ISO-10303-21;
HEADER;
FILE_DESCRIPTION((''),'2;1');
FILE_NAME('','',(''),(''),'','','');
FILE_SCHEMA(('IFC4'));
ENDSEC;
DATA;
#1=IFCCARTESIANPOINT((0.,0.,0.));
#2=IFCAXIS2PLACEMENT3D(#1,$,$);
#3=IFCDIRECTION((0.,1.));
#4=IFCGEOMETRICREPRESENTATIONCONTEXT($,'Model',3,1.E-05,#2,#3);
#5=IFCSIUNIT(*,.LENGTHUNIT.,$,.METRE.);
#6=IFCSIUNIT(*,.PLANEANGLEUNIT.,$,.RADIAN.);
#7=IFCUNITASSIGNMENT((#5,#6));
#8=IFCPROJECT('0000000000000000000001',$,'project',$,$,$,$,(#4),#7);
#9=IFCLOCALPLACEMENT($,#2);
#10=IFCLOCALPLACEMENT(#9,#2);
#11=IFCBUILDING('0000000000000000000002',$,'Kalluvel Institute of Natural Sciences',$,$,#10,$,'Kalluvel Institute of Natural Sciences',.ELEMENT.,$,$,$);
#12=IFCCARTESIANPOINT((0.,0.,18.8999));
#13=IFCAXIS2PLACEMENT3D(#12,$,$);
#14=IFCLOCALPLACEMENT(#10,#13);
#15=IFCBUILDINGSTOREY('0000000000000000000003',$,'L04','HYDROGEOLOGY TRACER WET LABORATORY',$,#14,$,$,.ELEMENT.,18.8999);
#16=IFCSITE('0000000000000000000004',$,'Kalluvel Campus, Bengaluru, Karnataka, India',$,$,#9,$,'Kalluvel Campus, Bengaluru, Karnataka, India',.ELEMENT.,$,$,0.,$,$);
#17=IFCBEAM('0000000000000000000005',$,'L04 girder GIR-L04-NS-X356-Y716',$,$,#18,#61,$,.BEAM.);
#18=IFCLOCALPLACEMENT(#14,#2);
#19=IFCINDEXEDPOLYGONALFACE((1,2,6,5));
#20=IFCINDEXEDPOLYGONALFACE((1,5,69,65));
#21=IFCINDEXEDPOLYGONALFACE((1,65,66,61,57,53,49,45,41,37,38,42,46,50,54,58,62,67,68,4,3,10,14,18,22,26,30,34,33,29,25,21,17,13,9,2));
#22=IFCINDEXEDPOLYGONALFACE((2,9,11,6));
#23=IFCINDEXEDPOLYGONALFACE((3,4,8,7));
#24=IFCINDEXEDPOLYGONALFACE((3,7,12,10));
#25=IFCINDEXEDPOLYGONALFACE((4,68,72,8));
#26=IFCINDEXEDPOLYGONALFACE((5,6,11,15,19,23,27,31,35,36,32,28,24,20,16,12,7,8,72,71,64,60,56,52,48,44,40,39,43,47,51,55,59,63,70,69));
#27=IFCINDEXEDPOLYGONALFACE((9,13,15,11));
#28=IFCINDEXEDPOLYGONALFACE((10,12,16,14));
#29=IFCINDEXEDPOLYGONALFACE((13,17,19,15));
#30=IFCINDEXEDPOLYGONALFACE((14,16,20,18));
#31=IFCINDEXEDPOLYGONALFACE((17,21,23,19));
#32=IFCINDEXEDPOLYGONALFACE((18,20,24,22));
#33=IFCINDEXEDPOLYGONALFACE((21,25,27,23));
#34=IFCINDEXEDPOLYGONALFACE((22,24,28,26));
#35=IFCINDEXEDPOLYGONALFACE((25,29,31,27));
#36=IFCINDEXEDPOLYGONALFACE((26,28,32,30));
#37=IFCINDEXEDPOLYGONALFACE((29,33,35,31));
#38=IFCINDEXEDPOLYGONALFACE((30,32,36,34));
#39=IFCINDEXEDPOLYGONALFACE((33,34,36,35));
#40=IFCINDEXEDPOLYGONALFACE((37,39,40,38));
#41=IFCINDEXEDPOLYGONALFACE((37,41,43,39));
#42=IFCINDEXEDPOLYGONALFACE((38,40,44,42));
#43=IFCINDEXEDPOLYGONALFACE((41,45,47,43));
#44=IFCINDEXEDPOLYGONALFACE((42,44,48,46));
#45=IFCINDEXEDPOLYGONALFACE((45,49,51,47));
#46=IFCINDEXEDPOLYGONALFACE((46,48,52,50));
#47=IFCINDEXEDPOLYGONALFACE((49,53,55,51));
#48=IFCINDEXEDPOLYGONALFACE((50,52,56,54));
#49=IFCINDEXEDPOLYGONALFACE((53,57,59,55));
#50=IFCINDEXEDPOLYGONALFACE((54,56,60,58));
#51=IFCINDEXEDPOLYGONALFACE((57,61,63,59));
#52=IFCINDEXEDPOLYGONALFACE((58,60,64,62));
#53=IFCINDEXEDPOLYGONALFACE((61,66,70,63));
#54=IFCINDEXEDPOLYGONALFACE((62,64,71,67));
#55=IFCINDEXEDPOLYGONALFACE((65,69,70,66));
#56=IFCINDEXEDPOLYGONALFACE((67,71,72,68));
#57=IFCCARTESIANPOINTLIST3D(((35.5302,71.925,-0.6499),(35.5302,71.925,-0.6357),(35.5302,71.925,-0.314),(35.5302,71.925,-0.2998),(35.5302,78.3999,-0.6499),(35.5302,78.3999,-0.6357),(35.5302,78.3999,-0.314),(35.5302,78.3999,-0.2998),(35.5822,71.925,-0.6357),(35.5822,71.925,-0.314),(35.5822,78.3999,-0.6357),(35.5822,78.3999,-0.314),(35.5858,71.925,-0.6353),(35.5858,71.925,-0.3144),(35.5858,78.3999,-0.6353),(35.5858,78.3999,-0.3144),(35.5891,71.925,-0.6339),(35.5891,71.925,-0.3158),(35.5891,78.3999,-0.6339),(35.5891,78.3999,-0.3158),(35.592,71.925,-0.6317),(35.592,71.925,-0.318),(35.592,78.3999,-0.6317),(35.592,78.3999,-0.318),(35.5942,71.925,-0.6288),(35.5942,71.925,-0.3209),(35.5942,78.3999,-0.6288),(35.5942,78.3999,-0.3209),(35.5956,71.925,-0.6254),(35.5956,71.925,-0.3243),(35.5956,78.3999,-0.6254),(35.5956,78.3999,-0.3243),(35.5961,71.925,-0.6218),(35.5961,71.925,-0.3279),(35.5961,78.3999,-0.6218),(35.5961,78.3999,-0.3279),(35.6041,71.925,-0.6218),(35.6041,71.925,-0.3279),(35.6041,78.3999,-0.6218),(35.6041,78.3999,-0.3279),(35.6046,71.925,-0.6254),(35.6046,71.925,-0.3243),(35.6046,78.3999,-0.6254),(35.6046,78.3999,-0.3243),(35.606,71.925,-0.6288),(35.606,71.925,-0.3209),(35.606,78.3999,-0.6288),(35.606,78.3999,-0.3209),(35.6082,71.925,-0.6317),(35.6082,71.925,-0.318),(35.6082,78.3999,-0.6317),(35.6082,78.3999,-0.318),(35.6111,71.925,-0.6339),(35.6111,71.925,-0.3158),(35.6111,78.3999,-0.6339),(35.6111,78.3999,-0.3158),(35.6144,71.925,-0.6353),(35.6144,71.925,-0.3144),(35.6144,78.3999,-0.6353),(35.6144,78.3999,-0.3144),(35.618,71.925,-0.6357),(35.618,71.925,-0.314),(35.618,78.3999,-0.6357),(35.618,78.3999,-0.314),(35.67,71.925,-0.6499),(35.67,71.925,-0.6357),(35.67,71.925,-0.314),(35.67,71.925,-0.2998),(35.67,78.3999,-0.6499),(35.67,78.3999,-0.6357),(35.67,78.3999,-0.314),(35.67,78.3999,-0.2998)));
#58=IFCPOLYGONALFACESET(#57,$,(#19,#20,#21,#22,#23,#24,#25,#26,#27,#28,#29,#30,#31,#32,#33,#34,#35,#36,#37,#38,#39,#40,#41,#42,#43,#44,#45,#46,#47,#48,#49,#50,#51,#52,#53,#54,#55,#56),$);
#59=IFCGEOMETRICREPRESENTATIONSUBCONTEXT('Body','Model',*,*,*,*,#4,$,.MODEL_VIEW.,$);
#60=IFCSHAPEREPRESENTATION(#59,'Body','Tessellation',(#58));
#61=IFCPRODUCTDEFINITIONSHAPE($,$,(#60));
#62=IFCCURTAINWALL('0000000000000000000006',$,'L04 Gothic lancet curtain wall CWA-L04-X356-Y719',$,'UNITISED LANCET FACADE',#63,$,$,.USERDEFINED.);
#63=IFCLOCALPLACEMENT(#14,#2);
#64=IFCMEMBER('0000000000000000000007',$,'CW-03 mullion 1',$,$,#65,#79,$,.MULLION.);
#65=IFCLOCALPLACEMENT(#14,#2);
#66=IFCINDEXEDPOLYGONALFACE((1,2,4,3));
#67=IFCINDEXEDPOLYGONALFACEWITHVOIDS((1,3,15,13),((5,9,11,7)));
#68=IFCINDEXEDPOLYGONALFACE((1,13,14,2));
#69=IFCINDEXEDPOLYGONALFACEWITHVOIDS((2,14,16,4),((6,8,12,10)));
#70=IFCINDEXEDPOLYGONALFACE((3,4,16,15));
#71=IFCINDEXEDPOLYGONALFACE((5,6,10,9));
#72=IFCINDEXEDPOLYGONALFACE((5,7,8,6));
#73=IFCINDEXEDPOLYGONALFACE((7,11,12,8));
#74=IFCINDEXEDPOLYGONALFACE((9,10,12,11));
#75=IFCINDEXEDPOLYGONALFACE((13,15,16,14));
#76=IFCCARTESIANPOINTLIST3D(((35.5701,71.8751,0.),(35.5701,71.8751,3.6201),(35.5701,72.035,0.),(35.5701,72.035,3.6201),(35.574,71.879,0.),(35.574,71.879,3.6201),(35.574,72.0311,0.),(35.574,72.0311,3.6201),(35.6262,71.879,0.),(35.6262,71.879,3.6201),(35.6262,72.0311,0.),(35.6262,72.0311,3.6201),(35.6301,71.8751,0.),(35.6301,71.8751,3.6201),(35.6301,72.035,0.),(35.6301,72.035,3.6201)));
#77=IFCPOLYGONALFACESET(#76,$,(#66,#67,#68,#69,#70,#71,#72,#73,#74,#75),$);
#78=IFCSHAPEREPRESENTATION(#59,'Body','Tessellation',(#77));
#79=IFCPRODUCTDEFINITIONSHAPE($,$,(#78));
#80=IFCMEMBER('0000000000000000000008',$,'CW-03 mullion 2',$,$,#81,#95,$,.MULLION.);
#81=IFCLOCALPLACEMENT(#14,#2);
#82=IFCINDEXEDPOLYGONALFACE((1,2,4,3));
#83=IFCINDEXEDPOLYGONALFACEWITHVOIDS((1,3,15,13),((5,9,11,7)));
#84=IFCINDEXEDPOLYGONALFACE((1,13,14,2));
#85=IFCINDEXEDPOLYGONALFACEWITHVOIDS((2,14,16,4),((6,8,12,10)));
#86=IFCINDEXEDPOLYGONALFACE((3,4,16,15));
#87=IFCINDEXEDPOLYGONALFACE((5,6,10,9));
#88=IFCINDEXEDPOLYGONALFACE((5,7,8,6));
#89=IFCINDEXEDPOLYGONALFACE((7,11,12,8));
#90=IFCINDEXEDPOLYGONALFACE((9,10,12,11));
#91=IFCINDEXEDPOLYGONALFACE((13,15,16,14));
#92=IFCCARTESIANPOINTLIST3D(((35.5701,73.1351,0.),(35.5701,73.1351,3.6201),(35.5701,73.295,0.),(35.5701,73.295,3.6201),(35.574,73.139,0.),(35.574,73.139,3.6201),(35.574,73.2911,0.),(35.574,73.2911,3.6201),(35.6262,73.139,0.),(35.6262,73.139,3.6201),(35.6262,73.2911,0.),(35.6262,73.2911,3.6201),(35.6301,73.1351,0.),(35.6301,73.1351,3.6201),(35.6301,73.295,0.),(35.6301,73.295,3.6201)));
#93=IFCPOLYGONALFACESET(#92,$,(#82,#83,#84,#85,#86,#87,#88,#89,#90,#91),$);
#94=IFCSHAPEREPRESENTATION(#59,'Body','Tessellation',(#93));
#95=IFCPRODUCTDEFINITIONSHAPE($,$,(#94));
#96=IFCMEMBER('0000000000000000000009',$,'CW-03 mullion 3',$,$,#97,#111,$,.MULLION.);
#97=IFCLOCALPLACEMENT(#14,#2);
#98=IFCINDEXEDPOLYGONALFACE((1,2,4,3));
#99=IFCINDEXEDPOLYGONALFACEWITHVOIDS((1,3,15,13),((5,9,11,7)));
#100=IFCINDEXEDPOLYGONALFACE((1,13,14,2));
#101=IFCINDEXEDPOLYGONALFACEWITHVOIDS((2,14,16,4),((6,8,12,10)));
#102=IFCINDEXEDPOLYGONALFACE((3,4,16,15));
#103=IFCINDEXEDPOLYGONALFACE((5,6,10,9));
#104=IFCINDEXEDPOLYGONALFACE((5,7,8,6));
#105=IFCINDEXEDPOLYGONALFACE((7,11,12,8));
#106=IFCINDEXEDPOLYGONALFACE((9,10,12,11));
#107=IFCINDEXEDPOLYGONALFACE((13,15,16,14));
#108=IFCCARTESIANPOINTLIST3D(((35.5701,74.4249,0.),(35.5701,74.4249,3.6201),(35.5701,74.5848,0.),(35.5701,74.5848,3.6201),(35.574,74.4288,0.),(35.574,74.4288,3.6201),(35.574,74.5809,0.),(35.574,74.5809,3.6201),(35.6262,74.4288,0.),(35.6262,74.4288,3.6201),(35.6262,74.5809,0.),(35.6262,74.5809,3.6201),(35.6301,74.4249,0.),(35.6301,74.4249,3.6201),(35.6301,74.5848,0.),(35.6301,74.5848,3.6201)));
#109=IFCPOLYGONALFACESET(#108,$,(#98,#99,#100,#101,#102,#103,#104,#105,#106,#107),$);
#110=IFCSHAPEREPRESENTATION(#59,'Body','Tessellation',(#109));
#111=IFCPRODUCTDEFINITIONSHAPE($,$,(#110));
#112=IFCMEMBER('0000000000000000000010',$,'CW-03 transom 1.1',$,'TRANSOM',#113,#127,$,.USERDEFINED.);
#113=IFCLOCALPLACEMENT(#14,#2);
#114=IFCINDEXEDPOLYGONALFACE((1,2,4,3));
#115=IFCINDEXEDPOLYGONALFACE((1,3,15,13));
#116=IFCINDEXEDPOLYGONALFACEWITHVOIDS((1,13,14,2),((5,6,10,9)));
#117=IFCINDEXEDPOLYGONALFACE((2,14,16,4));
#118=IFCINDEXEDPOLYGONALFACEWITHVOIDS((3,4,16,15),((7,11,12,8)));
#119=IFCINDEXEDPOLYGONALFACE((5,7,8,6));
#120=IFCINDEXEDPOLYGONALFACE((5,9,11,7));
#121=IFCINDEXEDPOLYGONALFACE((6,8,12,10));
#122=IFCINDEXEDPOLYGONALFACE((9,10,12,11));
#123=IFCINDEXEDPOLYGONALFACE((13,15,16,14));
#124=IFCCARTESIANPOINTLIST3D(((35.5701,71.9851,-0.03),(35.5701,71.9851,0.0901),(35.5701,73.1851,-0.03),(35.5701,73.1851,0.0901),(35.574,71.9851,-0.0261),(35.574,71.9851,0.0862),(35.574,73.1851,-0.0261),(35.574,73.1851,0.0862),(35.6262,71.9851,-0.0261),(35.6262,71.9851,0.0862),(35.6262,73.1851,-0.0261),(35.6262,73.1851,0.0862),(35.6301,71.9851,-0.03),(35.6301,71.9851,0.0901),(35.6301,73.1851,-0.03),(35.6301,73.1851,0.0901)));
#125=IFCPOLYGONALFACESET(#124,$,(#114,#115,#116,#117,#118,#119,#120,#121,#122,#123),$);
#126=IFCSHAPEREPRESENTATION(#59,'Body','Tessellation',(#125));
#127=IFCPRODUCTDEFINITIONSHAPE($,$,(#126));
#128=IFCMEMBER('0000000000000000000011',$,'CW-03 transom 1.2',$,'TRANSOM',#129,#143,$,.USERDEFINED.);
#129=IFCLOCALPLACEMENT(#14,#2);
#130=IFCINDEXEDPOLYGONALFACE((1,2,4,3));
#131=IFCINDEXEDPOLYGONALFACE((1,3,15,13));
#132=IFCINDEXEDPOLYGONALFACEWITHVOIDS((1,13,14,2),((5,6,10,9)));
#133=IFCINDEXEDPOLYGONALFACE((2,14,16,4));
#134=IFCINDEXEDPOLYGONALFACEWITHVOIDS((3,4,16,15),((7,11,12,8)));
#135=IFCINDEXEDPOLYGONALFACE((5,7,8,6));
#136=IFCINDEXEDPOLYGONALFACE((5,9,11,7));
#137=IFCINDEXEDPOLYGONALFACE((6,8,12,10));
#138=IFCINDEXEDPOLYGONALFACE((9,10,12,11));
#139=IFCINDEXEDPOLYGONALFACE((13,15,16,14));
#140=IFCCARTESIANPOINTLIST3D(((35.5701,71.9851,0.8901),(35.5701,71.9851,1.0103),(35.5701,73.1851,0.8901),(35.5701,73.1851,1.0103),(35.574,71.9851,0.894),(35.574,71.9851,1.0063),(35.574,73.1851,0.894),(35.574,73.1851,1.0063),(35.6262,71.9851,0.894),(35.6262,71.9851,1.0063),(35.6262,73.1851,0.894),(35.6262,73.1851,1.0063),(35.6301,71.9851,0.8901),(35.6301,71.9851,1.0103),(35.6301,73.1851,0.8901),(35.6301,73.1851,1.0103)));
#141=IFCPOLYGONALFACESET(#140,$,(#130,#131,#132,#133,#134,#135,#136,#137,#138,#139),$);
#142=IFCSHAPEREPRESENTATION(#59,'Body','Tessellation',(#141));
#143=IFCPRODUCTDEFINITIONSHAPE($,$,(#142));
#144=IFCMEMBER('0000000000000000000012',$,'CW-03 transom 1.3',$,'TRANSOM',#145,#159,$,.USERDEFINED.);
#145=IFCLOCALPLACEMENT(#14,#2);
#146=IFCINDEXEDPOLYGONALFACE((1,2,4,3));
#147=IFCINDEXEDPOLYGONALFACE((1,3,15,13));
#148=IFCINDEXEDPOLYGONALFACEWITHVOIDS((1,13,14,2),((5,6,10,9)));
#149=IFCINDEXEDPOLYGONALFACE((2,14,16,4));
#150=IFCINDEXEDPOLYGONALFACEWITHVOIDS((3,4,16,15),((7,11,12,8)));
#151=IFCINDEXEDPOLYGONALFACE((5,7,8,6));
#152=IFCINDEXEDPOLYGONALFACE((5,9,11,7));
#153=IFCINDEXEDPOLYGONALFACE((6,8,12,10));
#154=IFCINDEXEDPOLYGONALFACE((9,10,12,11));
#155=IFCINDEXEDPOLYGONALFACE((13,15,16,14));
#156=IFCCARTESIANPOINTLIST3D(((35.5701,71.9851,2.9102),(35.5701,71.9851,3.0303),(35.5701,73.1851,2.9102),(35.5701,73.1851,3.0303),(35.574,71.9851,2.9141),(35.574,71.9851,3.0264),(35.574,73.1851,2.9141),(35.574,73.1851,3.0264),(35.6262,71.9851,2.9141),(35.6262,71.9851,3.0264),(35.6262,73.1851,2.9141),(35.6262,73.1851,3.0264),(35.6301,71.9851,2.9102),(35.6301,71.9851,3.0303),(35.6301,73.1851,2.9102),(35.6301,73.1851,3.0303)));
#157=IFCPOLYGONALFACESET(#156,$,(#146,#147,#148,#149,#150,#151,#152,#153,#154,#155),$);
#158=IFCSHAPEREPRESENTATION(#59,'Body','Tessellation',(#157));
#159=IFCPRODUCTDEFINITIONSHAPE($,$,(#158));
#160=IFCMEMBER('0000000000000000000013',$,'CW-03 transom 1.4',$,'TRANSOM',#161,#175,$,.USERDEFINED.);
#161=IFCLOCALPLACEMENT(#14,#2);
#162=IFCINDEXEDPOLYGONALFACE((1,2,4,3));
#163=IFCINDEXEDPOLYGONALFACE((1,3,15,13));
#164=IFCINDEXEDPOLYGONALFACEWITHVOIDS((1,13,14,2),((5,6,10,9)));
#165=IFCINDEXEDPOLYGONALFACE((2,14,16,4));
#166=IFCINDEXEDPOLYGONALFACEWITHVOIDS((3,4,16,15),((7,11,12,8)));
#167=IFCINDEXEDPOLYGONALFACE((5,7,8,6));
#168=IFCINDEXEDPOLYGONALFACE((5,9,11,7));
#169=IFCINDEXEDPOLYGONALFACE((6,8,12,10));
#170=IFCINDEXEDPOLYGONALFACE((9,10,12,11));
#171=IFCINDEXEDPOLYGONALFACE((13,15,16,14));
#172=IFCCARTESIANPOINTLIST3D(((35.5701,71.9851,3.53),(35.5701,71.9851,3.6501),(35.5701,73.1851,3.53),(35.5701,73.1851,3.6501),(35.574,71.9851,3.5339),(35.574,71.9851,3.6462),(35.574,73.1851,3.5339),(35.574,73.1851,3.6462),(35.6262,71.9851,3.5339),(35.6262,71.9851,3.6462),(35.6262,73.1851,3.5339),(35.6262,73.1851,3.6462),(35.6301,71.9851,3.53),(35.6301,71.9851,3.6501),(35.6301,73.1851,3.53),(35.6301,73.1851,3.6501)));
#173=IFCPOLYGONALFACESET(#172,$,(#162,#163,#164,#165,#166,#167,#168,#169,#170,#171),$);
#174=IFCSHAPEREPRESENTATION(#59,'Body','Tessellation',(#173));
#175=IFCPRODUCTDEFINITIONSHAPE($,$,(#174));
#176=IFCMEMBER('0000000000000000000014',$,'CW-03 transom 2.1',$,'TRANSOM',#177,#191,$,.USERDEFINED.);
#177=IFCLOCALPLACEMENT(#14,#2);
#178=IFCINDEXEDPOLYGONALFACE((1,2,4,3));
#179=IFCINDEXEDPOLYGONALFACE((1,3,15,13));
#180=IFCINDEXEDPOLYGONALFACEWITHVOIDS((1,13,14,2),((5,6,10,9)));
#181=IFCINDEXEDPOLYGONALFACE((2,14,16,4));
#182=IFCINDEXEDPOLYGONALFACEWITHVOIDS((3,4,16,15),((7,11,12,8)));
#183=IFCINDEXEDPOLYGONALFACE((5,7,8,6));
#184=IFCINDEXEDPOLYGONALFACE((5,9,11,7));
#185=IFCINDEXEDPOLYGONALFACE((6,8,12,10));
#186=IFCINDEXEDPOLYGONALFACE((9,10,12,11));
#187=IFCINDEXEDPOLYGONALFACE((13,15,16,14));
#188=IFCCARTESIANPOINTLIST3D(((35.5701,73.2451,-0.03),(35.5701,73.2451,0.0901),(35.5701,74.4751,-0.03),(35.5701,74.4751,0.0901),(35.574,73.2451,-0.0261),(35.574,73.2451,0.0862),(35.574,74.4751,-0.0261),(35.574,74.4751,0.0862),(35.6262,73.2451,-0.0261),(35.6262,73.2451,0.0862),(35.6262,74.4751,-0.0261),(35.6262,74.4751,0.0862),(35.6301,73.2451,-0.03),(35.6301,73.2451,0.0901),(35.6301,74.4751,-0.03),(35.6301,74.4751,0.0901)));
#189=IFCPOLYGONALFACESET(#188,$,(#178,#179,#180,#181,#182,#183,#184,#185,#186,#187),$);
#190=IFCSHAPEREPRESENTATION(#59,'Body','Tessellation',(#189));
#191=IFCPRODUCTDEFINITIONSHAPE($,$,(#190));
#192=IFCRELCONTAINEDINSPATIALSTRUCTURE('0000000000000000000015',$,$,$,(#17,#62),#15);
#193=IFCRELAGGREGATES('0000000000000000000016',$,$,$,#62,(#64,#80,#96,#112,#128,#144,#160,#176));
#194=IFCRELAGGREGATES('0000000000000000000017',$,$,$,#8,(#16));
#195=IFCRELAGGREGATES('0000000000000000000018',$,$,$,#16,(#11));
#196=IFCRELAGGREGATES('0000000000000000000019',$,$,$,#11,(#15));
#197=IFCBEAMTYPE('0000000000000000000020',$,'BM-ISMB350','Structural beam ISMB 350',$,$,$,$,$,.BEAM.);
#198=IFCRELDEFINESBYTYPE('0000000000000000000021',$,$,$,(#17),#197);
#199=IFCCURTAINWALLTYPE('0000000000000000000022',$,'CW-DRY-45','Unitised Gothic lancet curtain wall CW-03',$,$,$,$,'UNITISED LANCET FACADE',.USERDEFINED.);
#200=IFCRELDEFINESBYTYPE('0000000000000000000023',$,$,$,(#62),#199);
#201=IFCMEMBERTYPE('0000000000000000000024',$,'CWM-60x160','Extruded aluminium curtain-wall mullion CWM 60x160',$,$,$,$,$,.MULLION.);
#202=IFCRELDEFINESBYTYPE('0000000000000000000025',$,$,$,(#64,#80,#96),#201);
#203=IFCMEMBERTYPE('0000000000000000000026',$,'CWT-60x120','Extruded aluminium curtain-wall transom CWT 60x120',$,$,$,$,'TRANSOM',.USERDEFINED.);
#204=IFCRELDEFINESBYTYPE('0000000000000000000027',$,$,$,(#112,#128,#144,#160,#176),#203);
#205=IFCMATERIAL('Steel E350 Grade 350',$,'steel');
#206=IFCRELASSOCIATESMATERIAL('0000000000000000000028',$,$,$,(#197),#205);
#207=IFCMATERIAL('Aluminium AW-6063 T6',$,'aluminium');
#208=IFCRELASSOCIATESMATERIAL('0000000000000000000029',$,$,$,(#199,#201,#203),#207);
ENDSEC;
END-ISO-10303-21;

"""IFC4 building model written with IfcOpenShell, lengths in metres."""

from ifc_helpers import new_model, si_unit, direction, frame, origin, origin_2d, place, context, subcontext, project, spatial, hollow_rectangle, i_section, extrude, material, material_profile, profile_set, type_object, element, aggregate, save


model = new_model("IFC4")

# Units and contexts
model_context = context("Model", 3, precision=1e-05, world=origin(), true_north=direction((0.0, 1.0)))
body_context = subcontext(model_context, "Body", "Model", "MODEL_VIEW")
ifc_project = project(units=[si_unit("LENGTHUNIT", "METRE"), si_unit("PLANEANGLEUNIT", "RADIAN")], contexts=[model_context])

# Site, building, storey
site_placement = place(None, origin())
site = spatial("IfcSite", under=ifc_project, at=site_placement, Name="Kalluvel Campus, Bengaluru, Karnataka, India", LongName="Kalluvel Campus, Bengaluru, Karnataka, India", CompositionType="ELEMENT", RefElevation=0.0)
building_placement = place(site_placement, origin())
building = spatial("IfcBuilding", under=site, at=building_placement, Name="Kalluvel Institute of Natural Sciences", LongName="Kalluvel Institute of Natural Sciences", CompositionType="ELEMENT")
storey_placement = place(building_placement, frame((0.0, 0.0, 18.8999)))
storey = spatial("IfcBuildingStorey", under=building, at=storey_placement, Name="L04", Description="HYDROGEOLOGY TRACER WET LABORATORY", CompositionType="ELEMENT", Elevation=18.8999)

# Beam
ifc_material_1 = material(Name="Steel E350 Grade 350", Category="steel")
ifc_material_profile_1 = material_profile(ifc_material_1, i_section(OverallWidth=0.1399, OverallDepth=0.3501, WebThickness=0.0081, FlangeThickness=0.0142, FilletRadius=0.0139, at=origin_2d()), Name="ISMB 350")
ifc_profile_set_1 = profile_set([ifc_material_profile_1], Name="Steel E350 Grade 350")
beam_type = type_object("IfcBeamType", Name="BM-ISMB350", Description="Structural beam ISMB 350", PredefinedType="BEAM", material=ifc_profile_set_1)
beam_placement = place(storey_placement, frame((35.6001, 71.925, -0.4749), z_axis=(0.0, 1.0, 0.0), x_axis=(-1.0, 0.0, 0.0)))
element("IfcBeam", 1, at=beam_placement, inside=storey, type_object=beam_type, Name="L04 girder GIR-L04-NS-X356-Y716", PredefinedType="BEAM", context=body_context, shape_type="SweptSolid", body=[
    extrude(i_section(OverallWidth=0.1399, OverallDepth=0.3501, WebThickness=0.0081, FlangeThickness=0.0142, FilletRadius=0.0139, at=origin_2d()), origin(), (0.0, 0.0, 1.0), 6.4749),
])

# Curtain wall, members
ifc_material_2 = material(Name="Aluminium AW-6063 T6", Category="aluminium")
curtain_wall_type = type_object("IfcCurtainWallType", Name="CW-DRY-45", Description="Unitised Gothic lancet curtain wall CW-03", ElementType="UNITISED LANCET FACADE", PredefinedType="USERDEFINED", material=ifc_material_2)
curtain_wall_placement = place(storey_placement, origin())
curtain_wall = element("IfcCurtainWall", 2, at=curtain_wall_placement, inside=storey, type_object=curtain_wall_type, Name="L04 Gothic lancet curtain wall CWA-L04-X356-Y719", ObjectType="UNITISED LANCET FACADE", PredefinedType="USERDEFINED")
ifc_material_profile_2 = material_profile(ifc_material_2, hollow_rectangle(XDim=0.0601, YDim=0.1599, WallThickness=0.0039, at=origin_2d()), Name="CWM 60x160")
ifc_profile_set_2 = profile_set([ifc_material_profile_2], Name="Aluminium AW-6063 T6")
member_type_1 = type_object("IfcMemberType", Name="CWM-60x160", Description="Extruded aluminium curtain-wall mullion CWM 60x160", PredefinedType="MULLION", material=ifc_profile_set_2)
member_1_placement = place(storey_placement, frame((35.6001, 71.9551, 0.0), z_axis=(0.0, 0.0, 1.0), x_axis=(-1.0, 0.0, 0.0)))
member_1 = element("IfcMember", 3, at=member_1_placement, type_object=member_type_1, Name="CW-03 mullion 1", PredefinedType="MULLION", context=body_context, shape_type="SweptSolid", body=[
    extrude(hollow_rectangle(XDim=0.0601, YDim=0.1599, WallThickness=0.0039, at=origin_2d()), origin(), (0.0, 0.0, 1.0), 3.6201),
])
member_2_placement = place(storey_placement, frame((35.6001, 73.2151, 0.0), z_axis=(0.0, 0.0, 1.0), x_axis=(-1.0, 0.0, 0.0)))
member_2 = element("IfcMember", 4, at=member_2_placement, type_object=member_type_1, Name="CW-03 mullion 2", PredefinedType="MULLION", context=body_context, shape_type="SweptSolid", body=[
    extrude(hollow_rectangle(XDim=0.0601, YDim=0.1599, WallThickness=0.0039, at=origin_2d()), origin(), (0.0, 0.0, 1.0), 3.6201),
])
member_3_placement = place(storey_placement, frame((35.6001, 74.5049, 0.0), z_axis=(0.0, 0.0, 1.0), x_axis=(-1.0, 0.0, 0.0)))
member_3 = element("IfcMember", 5, at=member_3_placement, type_object=member_type_1, Name="CW-03 mullion 3", PredefinedType="MULLION", context=body_context, shape_type="SweptSolid", body=[
    extrude(hollow_rectangle(XDim=0.0601, YDim=0.1599, WallThickness=0.0039, at=origin_2d()), origin(), (0.0, 0.0, 1.0), 3.6201),
])
ifc_material_profile_3 = material_profile(ifc_material_2, hollow_rectangle(XDim=0.0601, YDim=0.1201, WallThickness=0.0039, at=origin_2d()), Name="CWT 60x120")
ifc_profile_set_3 = profile_set([ifc_material_profile_3], Name="Aluminium AW-6063 T6")
member_type_2 = type_object("IfcMemberType", Name="CWT-60x120", Description="Extruded aluminium curtain-wall transom CWT 60x120", ElementType="TRANSOM", PredefinedType="USERDEFINED", material=ifc_profile_set_3)
member_4_placement = place(storey_placement, frame((35.6001, 71.9851, 0.03), z_axis=(0.0, 1.0, 0.0), x_axis=(-1.0, 0.0, 0.0)))
member_4 = element("IfcMember", 6, at=member_4_placement, type_object=member_type_2, Name="CW-03 transom 1.1", ObjectType="TRANSOM", PredefinedType="USERDEFINED", context=body_context, shape_type="SweptSolid", body=[
    extrude(hollow_rectangle(XDim=0.0601, YDim=0.1201, WallThickness=0.0039, at=origin_2d()), origin(), (0.0, 0.0, 1.0), 1.2),
])
member_5_placement = place(storey_placement, frame((35.6001, 71.9851, 0.9502), z_axis=(0.0, 1.0, 0.0), x_axis=(-1.0, 0.0, 0.0)))
member_5 = element("IfcMember", 7, at=member_5_placement, type_object=member_type_2, Name="CW-03 transom 1.2", ObjectType="TRANSOM", PredefinedType="USERDEFINED", context=body_context, shape_type="SweptSolid", body=[
    extrude(hollow_rectangle(XDim=0.0601, YDim=0.1201, WallThickness=0.0039, at=origin_2d()), origin(), (0.0, 0.0, 1.0), 1.2),
])
member_6_placement = place(storey_placement, frame((35.6001, 71.9851, 2.9702), z_axis=(0.0, 1.0, 0.0), x_axis=(-1.0, 0.0, 0.0)))
member_6 = element("IfcMember", 8, at=member_6_placement, type_object=member_type_2, Name="CW-03 transom 1.3", ObjectType="TRANSOM", PredefinedType="USERDEFINED", context=body_context, shape_type="SweptSolid", body=[
    extrude(hollow_rectangle(XDim=0.0601, YDim=0.1201, WallThickness=0.0039, at=origin_2d()), origin(), (0.0, 0.0, 1.0), 1.2),
])
member_7_placement = place(storey_placement, frame((35.6001, 71.9851, 3.5901), z_axis=(0.0, 1.0, 0.0), x_axis=(-1.0, 0.0, 0.0)))
member_7 = element("IfcMember", 9, at=member_7_placement, type_object=member_type_2, Name="CW-03 transom 1.4", ObjectType="TRANSOM", PredefinedType="USERDEFINED", context=body_context, shape_type="SweptSolid", body=[
    extrude(hollow_rectangle(XDim=0.0601, YDim=0.1201, WallThickness=0.0039, at=origin_2d()), origin(), (0.0, 0.0, 1.0), 1.2),
])
member_8_placement = place(storey_placement, frame((35.6001, 73.2451, 0.03), z_axis=(0.0, 1.0, 0.0), x_axis=(-1.0, 0.0, 0.0)))
member_8 = element("IfcMember", 10, at=member_8_placement, type_object=member_type_2, Name="CW-03 transom 2.1", ObjectType="TRANSOM", PredefinedType="USERDEFINED", context=body_context, shape_type="SweptSolid", body=[
    extrude(hollow_rectangle(XDim=0.0601, YDim=0.1201, WallThickness=0.0039, at=origin_2d()), origin(), (0.0, 0.0, 1.0), 1.23),
])
aggregate(curtain_wall, [member_1, member_2, member_3, member_4, member_5, member_6, member_7, member_8])

save(model, "model.ifc")
